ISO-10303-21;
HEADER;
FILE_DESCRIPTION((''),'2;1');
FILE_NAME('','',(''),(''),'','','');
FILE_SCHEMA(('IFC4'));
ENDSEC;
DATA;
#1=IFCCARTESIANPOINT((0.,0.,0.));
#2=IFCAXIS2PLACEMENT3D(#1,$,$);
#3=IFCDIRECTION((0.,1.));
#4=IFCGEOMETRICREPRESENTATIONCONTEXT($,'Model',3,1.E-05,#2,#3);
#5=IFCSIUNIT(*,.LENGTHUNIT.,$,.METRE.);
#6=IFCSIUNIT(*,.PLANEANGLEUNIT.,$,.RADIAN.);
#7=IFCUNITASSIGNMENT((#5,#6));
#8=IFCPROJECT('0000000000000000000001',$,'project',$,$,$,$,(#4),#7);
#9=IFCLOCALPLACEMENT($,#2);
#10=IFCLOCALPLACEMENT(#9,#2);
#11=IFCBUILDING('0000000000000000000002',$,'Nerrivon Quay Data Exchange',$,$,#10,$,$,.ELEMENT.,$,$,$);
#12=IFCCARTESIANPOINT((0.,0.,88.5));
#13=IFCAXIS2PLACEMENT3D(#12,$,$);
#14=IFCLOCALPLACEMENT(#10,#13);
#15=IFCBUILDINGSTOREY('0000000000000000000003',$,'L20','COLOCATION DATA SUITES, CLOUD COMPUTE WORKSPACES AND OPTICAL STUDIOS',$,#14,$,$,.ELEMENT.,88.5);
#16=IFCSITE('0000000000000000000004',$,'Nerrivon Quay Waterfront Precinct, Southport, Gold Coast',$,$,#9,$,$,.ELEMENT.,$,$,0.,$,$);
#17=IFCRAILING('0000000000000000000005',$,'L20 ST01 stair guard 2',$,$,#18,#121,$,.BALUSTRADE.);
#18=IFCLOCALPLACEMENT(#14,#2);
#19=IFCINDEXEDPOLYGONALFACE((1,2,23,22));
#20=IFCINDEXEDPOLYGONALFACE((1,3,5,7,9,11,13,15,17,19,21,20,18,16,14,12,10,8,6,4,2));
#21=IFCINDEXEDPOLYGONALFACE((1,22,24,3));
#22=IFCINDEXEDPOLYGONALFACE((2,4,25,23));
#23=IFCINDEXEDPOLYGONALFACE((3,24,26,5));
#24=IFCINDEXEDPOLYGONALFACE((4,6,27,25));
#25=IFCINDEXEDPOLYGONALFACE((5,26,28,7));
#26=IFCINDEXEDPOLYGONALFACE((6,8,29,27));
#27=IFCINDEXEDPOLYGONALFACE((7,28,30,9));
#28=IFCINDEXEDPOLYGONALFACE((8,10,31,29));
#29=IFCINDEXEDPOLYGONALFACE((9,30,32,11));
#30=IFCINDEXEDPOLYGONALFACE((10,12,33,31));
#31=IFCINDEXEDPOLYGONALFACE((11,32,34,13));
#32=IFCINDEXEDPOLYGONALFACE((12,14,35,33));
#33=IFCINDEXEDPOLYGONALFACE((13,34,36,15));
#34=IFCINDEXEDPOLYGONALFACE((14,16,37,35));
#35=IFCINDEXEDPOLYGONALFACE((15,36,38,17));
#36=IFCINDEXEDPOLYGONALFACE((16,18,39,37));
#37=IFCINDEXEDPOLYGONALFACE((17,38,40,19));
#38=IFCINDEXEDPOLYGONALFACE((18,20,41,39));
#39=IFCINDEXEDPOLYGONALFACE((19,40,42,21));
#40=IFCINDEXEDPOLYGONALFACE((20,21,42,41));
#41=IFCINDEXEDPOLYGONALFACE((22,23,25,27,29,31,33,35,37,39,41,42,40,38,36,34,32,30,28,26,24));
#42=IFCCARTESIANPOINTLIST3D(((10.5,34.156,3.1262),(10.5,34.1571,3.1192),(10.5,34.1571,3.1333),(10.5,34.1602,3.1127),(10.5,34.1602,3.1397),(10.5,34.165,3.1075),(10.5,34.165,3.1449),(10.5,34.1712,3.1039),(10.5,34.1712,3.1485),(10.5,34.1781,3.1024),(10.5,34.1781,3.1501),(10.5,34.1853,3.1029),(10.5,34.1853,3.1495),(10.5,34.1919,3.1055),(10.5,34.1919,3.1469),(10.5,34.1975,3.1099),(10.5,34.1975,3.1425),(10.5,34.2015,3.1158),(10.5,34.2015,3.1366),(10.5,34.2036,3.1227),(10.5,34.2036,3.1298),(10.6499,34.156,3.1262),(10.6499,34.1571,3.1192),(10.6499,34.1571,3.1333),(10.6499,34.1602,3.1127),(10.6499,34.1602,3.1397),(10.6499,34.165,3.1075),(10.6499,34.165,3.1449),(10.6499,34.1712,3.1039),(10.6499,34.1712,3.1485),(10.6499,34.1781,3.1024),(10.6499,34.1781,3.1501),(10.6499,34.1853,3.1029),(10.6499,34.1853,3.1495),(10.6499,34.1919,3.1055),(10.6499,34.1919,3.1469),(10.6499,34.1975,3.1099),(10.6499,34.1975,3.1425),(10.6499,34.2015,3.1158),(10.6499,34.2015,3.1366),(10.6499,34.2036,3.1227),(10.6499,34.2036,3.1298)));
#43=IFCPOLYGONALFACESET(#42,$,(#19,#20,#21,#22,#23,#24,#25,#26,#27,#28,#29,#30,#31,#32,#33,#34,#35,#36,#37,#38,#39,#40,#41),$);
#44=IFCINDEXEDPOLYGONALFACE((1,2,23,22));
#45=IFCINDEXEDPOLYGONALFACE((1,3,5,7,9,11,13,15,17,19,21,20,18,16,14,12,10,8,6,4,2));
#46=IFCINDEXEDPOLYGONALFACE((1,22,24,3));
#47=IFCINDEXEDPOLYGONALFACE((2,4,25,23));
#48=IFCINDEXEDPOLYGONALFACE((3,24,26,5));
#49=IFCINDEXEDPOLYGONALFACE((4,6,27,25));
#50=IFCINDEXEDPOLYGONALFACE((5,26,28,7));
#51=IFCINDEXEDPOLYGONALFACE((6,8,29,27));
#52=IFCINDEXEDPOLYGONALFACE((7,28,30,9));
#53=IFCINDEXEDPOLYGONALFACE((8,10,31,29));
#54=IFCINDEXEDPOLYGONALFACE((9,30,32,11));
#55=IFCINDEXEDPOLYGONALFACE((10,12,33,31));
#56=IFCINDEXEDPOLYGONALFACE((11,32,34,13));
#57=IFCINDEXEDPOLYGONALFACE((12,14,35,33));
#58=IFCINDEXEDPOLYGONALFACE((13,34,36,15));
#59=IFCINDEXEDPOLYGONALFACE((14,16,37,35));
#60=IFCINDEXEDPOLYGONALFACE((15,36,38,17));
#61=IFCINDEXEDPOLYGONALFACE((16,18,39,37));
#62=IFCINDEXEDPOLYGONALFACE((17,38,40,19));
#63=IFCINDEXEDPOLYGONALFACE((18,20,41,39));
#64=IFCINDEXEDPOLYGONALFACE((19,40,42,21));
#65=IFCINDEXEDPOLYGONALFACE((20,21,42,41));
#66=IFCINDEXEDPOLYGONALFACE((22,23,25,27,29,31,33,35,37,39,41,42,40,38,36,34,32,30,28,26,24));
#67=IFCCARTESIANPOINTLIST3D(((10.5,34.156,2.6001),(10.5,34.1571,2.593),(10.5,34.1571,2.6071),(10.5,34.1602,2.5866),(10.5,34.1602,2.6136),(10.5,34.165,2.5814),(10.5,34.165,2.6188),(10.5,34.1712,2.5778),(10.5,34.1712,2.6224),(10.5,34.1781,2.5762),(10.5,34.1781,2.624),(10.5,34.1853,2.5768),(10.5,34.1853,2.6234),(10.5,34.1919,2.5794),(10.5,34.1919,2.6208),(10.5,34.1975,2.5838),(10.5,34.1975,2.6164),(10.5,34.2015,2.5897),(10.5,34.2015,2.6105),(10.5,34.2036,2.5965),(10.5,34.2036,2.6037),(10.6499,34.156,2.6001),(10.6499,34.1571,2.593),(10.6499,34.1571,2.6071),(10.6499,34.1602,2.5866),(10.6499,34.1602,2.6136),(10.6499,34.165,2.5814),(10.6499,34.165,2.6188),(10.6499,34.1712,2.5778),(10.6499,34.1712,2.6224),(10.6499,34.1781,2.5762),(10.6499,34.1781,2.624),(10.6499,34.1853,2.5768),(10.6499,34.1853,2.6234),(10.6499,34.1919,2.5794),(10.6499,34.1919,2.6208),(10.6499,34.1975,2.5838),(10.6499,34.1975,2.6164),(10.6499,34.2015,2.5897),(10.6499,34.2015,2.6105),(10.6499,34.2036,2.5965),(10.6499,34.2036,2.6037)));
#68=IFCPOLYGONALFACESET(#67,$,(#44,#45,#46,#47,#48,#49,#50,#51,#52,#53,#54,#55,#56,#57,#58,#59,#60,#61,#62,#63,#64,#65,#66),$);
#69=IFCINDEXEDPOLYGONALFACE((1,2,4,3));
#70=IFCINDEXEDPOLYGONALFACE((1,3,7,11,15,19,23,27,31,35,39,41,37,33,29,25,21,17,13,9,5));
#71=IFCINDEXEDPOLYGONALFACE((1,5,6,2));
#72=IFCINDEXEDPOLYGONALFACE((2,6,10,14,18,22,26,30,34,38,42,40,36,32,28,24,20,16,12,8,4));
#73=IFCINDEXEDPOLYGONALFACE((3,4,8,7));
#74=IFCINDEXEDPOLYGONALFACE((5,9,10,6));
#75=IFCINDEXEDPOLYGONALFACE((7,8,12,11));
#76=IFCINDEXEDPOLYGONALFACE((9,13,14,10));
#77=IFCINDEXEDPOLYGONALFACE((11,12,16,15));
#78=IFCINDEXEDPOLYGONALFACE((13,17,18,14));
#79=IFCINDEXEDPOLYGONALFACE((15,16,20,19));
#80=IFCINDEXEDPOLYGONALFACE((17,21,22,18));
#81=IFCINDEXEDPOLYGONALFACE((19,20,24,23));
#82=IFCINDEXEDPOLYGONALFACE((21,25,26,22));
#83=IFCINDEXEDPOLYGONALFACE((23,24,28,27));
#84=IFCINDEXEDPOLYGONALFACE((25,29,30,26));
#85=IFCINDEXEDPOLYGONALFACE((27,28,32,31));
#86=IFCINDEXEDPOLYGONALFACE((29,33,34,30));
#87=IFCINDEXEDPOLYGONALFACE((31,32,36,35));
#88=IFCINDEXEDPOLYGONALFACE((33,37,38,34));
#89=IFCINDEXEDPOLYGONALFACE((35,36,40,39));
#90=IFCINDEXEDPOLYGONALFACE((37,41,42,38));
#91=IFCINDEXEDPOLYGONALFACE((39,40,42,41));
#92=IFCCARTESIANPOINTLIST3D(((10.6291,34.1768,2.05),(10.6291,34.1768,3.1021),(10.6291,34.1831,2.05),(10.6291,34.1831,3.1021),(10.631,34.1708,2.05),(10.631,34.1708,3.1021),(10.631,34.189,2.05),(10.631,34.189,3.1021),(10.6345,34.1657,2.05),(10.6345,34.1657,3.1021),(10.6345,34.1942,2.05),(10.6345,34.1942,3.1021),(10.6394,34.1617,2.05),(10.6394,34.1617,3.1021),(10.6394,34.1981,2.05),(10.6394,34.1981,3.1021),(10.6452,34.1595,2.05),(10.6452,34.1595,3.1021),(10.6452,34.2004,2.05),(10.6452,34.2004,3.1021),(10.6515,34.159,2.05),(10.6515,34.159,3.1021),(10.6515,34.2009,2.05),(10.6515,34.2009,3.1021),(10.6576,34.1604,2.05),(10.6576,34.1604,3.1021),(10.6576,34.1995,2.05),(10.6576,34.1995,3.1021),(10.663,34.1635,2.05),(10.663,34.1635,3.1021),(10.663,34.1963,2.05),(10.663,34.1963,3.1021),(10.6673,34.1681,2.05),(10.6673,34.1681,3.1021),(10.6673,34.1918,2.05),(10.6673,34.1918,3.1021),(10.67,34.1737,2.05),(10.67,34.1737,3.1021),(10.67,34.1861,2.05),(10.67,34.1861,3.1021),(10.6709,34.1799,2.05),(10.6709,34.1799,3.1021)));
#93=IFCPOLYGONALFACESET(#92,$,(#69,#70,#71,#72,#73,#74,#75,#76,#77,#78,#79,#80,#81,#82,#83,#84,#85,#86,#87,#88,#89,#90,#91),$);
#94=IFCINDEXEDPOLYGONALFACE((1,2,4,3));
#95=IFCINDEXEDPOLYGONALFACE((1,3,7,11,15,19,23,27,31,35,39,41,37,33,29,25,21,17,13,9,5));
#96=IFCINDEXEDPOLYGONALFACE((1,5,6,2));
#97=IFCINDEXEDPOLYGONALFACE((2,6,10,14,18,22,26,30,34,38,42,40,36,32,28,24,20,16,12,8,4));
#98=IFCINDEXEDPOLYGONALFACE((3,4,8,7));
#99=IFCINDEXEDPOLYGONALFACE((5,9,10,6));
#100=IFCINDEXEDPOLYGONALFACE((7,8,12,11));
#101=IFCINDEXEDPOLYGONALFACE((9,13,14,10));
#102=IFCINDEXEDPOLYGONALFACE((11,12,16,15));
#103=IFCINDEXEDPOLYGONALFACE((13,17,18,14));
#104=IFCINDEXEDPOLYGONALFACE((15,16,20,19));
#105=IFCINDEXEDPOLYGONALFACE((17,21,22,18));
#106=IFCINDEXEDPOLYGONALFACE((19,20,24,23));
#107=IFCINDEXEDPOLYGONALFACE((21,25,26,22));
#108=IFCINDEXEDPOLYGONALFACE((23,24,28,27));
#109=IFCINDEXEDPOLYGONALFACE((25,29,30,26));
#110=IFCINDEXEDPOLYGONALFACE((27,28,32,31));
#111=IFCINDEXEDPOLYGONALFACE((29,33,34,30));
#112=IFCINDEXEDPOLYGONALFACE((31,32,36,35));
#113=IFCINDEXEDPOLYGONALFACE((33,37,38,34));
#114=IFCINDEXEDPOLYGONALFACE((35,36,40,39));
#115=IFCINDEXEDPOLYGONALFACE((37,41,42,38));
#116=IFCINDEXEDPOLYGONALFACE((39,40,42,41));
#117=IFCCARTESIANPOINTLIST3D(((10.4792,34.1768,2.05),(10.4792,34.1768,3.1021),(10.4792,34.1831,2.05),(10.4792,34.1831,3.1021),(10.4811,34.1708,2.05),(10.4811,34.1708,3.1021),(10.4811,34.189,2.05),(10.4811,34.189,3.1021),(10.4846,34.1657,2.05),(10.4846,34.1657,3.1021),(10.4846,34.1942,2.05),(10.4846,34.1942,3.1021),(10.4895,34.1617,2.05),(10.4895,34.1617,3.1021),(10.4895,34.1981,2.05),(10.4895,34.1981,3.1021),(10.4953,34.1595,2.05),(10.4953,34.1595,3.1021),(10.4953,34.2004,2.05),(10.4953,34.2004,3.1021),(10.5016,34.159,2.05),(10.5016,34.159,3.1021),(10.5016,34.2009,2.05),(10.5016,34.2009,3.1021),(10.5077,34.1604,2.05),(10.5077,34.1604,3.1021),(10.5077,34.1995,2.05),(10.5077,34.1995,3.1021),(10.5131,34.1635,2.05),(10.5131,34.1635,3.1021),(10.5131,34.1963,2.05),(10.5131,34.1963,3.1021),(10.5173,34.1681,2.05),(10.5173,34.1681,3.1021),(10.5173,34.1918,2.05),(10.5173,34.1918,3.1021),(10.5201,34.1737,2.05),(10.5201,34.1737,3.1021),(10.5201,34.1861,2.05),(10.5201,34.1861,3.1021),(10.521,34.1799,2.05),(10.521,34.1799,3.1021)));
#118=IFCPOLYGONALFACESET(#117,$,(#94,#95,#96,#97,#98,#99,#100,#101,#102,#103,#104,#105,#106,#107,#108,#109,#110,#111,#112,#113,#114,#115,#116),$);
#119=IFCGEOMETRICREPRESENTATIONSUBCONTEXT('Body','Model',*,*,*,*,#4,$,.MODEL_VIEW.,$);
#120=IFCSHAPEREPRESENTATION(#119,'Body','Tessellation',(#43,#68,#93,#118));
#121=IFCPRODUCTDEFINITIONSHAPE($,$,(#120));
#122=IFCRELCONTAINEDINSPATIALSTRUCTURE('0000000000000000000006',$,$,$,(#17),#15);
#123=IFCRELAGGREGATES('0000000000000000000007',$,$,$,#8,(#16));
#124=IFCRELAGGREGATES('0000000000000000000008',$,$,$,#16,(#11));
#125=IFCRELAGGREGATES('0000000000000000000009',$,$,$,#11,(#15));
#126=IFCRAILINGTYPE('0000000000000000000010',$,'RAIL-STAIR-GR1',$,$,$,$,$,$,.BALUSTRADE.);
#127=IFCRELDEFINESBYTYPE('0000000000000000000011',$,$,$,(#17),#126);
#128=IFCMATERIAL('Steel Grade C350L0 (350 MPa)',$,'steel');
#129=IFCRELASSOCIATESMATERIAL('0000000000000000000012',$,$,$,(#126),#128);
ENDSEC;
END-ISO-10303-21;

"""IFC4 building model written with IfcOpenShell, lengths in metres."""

from ifc_helpers import new_model, si_unit, direction, frame, origin, origin_2d, place, context, subcontext, project, spatial, circle, extrude, material, type_object, element, save


model = new_model("IFC4")

# Units and contexts
model_context = context("Model", 3, precision=1e-05, world=origin(), true_north=direction((0.0, 1.0)))
body_context = subcontext(model_context, "Body", "Model", "MODEL_VIEW")
ifc_project = project(units=[si_unit("LENGTHUNIT", "METRE"), si_unit("PLANEANGLEUNIT", "RADIAN")], contexts=[model_context])

# Site, building, storey
site_placement = place(None, origin())
site = spatial("IfcSite", under=ifc_project, at=site_placement, Name="Nerrivon Quay Waterfront Precinct, Southport, Gold Coast", CompositionType="ELEMENT", RefElevation=0.0)
building_placement = place(site_placement, origin())
building = spatial("IfcBuilding", under=site, at=building_placement, Name="Nerrivon Quay Data Exchange", CompositionType="ELEMENT")
storey_placement = place(building_placement, frame((0.0, 0.0, 88.5)))
storey = spatial("IfcBuildingStorey", under=building, at=storey_placement, Name="L20", Description="COLOCATION DATA SUITES, CLOUD COMPUTE WORKSPACES AND OPTICAL STUDIOS", CompositionType="ELEMENT", Elevation=88.5)

# Railing
ifc_material_1 = material(Name="Steel Grade C350L0 (350 MPa)", Category="steel")
railing_type_1 = type_object("IfcRailingType", Name="RAIL-STAIR-GR1", PredefinedType="BALUSTRADE", material=ifc_material_1)
railing_1_placement = place(storey_placement, frame((10.6499, 34.1799, 2.05)))
element("IfcRailing", 1, at=railing_1_placement, inside=storey, type_object=railing_type_1, Name="L20 ST01 stair guard 2", PredefinedType="BALUSTRADE", context=body_context, shape_type="SweptSolid", body=[
    extrude(circle(Radius=0.0239, at=origin_2d()), frame((0.0, 0.0, 1.0762), z_axis=(-1.0, 0.0, 0.0), x_axis=(0.0, -1.0, 0.0)), (0.0, 0.0, 1.0), 0.1499),
    extrude(circle(Radius=0.0239, at=origin_2d()), frame((0.0, 0.0, 0.55), z_axis=(-1.0, 0.0, 0.0), x_axis=(0.0, -1.0, 0.0)), (0.0, 0.0, 1.0), 0.1499),
    extrude(circle(Radius=0.021, at=origin_2d()), origin(), (0.0, 0.0, 1.0), 1.052),
    extrude(circle(Radius=0.021, at=origin_2d()), frame((-0.1499, 0.0, 0.0)), (0.0, 0.0, 1.0), 1.052),
])

save(model, "model.ifc")
